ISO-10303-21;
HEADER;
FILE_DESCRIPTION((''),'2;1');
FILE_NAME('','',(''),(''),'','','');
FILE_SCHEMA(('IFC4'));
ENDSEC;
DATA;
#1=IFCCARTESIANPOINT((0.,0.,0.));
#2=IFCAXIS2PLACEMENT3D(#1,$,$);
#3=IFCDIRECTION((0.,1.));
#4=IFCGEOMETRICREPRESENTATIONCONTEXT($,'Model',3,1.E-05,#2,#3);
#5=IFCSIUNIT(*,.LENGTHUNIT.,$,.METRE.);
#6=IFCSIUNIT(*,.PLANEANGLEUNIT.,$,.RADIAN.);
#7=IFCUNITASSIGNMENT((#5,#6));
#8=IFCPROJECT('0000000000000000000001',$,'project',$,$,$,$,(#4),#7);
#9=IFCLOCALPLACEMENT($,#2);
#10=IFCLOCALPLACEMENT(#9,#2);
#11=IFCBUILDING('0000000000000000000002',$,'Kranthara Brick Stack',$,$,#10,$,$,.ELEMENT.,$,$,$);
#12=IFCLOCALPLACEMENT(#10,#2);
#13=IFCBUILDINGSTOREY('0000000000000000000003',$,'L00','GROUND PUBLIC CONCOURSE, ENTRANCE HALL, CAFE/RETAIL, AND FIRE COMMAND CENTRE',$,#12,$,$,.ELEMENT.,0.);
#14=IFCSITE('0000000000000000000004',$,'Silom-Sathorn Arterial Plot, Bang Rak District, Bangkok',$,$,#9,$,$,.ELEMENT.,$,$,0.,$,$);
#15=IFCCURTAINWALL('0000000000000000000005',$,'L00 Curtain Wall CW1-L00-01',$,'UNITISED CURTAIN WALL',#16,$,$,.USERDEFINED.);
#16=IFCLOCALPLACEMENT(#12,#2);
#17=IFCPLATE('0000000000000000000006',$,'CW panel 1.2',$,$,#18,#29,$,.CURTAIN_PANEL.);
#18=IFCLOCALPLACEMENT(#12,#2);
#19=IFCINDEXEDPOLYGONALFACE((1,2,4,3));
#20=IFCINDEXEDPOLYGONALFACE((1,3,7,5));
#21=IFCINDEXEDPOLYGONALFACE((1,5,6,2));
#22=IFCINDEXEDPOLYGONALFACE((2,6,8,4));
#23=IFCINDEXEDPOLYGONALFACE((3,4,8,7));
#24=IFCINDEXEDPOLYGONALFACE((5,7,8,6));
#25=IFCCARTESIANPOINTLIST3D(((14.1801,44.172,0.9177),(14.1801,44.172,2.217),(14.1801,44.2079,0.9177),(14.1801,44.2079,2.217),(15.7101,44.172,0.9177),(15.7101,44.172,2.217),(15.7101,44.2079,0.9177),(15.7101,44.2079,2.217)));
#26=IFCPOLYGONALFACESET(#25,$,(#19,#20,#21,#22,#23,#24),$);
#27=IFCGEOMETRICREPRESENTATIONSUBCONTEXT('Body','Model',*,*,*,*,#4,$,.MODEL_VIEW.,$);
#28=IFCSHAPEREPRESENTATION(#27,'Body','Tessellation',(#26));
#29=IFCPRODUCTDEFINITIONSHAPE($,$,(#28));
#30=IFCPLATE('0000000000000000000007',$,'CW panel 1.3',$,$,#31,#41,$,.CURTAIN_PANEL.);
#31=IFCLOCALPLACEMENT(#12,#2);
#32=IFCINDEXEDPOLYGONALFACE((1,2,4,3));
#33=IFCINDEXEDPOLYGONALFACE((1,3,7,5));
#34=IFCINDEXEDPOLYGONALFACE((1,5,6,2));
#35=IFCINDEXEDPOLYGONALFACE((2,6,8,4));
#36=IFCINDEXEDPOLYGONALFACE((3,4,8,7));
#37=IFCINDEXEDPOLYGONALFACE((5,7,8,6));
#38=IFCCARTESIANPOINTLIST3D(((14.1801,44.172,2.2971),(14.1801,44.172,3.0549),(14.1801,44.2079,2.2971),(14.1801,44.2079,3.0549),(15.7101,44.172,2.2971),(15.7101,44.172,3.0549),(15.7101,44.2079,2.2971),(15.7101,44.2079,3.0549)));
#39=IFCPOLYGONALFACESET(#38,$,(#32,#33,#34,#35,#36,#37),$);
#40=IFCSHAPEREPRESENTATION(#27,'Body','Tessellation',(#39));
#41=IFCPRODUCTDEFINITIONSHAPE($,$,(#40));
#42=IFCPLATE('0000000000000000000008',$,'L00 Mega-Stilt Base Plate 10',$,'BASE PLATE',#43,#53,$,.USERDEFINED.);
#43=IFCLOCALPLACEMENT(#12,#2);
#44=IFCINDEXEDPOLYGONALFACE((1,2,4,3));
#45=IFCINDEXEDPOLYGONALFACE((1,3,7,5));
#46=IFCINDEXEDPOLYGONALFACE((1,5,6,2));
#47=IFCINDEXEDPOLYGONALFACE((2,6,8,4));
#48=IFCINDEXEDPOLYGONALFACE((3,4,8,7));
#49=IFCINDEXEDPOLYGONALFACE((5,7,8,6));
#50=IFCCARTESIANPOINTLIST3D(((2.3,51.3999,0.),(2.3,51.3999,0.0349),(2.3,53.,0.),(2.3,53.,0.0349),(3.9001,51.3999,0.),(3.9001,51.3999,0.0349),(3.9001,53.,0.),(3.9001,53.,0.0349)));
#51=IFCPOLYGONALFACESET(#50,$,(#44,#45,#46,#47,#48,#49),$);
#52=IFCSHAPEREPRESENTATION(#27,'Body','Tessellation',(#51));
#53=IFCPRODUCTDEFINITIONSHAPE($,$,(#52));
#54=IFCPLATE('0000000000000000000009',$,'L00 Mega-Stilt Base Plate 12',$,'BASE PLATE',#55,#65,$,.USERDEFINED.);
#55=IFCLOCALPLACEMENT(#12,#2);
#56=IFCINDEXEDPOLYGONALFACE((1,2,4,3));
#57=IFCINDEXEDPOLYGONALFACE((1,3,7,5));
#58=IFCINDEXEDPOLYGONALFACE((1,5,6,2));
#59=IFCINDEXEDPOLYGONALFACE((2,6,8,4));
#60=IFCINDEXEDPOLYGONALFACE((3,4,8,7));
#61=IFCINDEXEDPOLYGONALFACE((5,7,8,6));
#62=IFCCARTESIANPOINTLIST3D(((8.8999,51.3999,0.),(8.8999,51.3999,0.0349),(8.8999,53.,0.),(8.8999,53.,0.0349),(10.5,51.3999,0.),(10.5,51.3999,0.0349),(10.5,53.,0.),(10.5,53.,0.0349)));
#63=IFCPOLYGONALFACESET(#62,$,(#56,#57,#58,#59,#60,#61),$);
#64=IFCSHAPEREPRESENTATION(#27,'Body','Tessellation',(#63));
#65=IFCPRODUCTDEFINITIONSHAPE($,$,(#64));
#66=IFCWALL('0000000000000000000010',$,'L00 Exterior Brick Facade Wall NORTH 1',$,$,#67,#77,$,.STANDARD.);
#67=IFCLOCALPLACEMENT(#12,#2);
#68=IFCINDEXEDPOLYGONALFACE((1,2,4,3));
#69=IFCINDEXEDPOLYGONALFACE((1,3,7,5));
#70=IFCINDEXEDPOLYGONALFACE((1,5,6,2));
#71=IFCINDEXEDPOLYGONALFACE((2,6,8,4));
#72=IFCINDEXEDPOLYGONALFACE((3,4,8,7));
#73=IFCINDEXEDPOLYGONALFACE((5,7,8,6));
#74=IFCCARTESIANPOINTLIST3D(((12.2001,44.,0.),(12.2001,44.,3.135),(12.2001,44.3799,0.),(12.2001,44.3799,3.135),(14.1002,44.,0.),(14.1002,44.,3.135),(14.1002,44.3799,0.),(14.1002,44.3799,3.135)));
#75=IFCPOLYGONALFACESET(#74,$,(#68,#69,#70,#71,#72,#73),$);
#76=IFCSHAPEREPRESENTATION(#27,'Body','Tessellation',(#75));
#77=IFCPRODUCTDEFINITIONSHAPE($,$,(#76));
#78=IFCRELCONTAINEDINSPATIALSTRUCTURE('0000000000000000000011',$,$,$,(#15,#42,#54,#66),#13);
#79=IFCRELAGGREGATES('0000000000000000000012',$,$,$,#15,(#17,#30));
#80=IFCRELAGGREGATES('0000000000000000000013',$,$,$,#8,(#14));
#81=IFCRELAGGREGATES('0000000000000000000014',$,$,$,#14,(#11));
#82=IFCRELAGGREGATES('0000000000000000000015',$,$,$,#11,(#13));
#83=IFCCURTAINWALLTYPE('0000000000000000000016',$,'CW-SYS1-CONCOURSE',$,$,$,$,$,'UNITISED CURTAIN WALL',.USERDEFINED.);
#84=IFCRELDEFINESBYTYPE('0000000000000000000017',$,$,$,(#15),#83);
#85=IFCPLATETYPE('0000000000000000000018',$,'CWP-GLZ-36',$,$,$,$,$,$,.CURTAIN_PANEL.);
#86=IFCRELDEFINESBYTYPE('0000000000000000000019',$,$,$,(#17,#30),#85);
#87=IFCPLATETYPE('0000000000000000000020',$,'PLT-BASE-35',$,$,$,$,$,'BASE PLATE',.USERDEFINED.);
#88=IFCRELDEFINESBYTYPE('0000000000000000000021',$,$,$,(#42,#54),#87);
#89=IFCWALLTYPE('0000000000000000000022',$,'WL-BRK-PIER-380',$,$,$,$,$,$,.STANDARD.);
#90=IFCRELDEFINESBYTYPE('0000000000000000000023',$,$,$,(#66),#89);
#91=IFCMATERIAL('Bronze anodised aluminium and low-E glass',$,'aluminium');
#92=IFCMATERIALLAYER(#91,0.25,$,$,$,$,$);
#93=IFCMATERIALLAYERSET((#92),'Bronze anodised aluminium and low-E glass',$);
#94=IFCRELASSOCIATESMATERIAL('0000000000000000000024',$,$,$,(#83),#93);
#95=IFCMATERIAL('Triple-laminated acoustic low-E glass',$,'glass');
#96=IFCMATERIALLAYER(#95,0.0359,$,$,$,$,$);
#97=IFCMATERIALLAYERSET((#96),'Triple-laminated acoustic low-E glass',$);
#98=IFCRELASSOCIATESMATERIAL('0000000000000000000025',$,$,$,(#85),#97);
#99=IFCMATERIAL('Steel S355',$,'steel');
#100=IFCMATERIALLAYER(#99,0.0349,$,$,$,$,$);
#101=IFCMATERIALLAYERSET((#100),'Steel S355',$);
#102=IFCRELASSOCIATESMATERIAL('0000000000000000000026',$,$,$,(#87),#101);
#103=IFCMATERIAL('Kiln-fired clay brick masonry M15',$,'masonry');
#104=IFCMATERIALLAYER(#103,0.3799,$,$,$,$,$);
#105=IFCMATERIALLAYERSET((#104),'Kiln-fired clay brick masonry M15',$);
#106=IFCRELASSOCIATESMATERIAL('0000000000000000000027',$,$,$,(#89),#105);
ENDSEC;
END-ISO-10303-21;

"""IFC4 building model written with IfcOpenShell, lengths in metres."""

from ifc_helpers import new_model, si_unit, direction, frame, frame_2d, origin, origin_2d, place, context, subcontext, project, spatial, rectangle, extrude, material, layer, layer_set, type_object, element, aggregate, save


model = new_model("IFC4")

# Units and contexts
model_context = context("Model", 3, precision=1e-05, world=origin(), true_north=direction((0.0, 1.0)))
body_context = subcontext(model_context, "Body", "Model", "MODEL_VIEW")
ifc_project = project(units=[si_unit("LENGTHUNIT", "METRE"), si_unit("PLANEANGLEUNIT", "RADIAN")], contexts=[model_context])

# Site, building, storey
site_placement = place(None, origin())
site = spatial("IfcSite", under=ifc_project, at=site_placement, Name="Silom-Sathorn Arterial Plot, Bang Rak District, Bangkok", CompositionType="ELEMENT", RefElevation=0.0)
building_placement = place(site_placement, origin())
building = spatial("IfcBuilding", under=site, at=building_placement, Name="Kranthara Brick Stack", CompositionType="ELEMENT")
storey_placement = place(building_placement, origin())
storey = spatial("IfcBuildingStorey", under=building, at=storey_placement, Name="L00", Description="GROUND PUBLIC CONCOURSE, ENTRANCE HALL, CAFE/RETAIL, AND FIRE COMMAND CENTRE", CompositionType="ELEMENT", Elevation=0.0)

# Curtain wall, plates
ifc_material_1 = material(Name="Bronze anodised aluminium and low-E glass", Category="aluminium")
ifc_layer_1 = layer(ifc_material_1, 0.25)
ifc_layer_set_1 = layer_set([ifc_layer_1], Name="Bronze anodised aluminium and low-E glass")
curtain_wall_type = type_object("IfcCurtainWallType", Name="CW-SYS1-CONCOURSE", ElementType="UNITISED CURTAIN WALL", PredefinedType="USERDEFINED", material=ifc_layer_set_1)
curtain_wall_placement = place(storey_placement, origin())
curtain_wall = element("IfcCurtainWall", 1, at=curtain_wall_placement, inside=storey, type_object=curtain_wall_type, Name="L00 Curtain Wall CW1-L00-01", ObjectType="UNITISED CURTAIN WALL", PredefinedType="USERDEFINED")
ifc_material_2 = material(Name="Triple-laminated acoustic low-E glass", Category="glass")
ifc_layer_2 = layer(ifc_material_2, 0.0359)
ifc_layer_set_2 = layer_set([ifc_layer_2], Name="Triple-laminated acoustic low-E glass")
plate_type_1 = type_object("IfcPlateType", Name="CWP-GLZ-36", PredefinedType="CURTAIN_PANEL", material=ifc_layer_set_2)
plate_1_placement = place(storey_placement, frame((14.9451, 44.1899, 0.9177), z_axis=(0.0, 0.0, 1.0), x_axis=(1.0, 0.0, 0.0)))
plate_1 = element("IfcPlate", 2, at=plate_1_placement, type_object=plate_type_1, Name="CW panel 1.2", PredefinedType="CURTAIN_PANEL", context=body_context, shape_type="SweptSolid", body=[
    extrude(rectangle(XDim=1.53, YDim=0.0359, at=origin_2d()), origin(), (0.0, 0.0, 1.0), 1.2993),
])
plate_2_placement = place(storey_placement, frame((14.9451, 44.1899, 2.2971), z_axis=(0.0, 0.0, 1.0), x_axis=(1.0, 0.0, 0.0)))
plate_2 = element("IfcPlate", 3, at=plate_2_placement, type_object=plate_type_1, Name="CW panel 1.3", PredefinedType="CURTAIN_PANEL", context=body_context, shape_type="SweptSolid", body=[
    extrude(rectangle(XDim=1.53, YDim=0.0359, at=origin_2d()), origin(), (0.0, 0.0, 1.0), 0.7578),
])
aggregate(curtain_wall, [plate_1, plate_2])

# Plates
ifc_material_3 = material(Name="Steel S355", Category="steel")
ifc_layer_3 = layer(ifc_material_3, 0.0349)
ifc_layer_set_3 = layer_set([ifc_layer_3], Name="Steel S355")
plate_type_2 = type_object("IfcPlateType", Name="PLT-BASE-35", ElementType="BASE PLATE", PredefinedType="USERDEFINED", material=ifc_layer_set_3)
for number, where, z_axis, x_axis, name in (
    (4, (3.1001, 52.2, 0.0), (0.0, 0.0, 1.0), (1.0, 0.0, 0.0), "L00 Mega-Stilt Base Plate 10"),
    (5, (9.7, 52.2, 0.0), (0.0, 0.0, 1.0), (1.0, 0.0, 0.0), "L00 Mega-Stilt Base Plate 12"),
):
    element("IfcPlate", number, at=place(storey_placement, frame(where, z_axis=z_axis, x_axis=x_axis)), inside=storey, type_object=plate_type_2, Name=name, ObjectType="BASE PLATE", PredefinedType="USERDEFINED", context=body_context, shape_type="SweptSolid", body=[
        extrude(rectangle(XDim=1.6001, YDim=1.6001, at=origin_2d()), origin(), (0.0, 0.0, 1.0), 0.0349),
    ])

# Wall
ifc_material_4 = material(Name="Kiln-fired clay brick masonry M15", Category="masonry")
ifc_layer_4 = layer(ifc_material_4, 0.3799)
ifc_layer_set_4 = layer_set([ifc_layer_4], Name="Kiln-fired clay brick masonry M15")
wall_type = type_object("IfcWallType", Name="WL-BRK-PIER-380", PredefinedType="STANDARD", material=ifc_layer_set_4)
wall_placement = place(storey_placement, frame((12.2, 44.1899, 0.0), z_axis=(0.0, 0.0, 1.0), x_axis=(1.0, 0.0, 0.0)))
element("IfcWall", 6, at=wall_placement, inside=storey, type_object=wall_type, Name="L00 Exterior Brick Facade Wall NORTH 1", PredefinedType="STANDARD", context=body_context, shape_type="SweptSolid", body=[
    extrude(rectangle(XDim=1.9001, YDim=0.3799, at=frame_2d((0.9502, 0.0))), origin(), (0.0, 0.0, 1.0), 3.135),
])

save(model, "model.ifc")
